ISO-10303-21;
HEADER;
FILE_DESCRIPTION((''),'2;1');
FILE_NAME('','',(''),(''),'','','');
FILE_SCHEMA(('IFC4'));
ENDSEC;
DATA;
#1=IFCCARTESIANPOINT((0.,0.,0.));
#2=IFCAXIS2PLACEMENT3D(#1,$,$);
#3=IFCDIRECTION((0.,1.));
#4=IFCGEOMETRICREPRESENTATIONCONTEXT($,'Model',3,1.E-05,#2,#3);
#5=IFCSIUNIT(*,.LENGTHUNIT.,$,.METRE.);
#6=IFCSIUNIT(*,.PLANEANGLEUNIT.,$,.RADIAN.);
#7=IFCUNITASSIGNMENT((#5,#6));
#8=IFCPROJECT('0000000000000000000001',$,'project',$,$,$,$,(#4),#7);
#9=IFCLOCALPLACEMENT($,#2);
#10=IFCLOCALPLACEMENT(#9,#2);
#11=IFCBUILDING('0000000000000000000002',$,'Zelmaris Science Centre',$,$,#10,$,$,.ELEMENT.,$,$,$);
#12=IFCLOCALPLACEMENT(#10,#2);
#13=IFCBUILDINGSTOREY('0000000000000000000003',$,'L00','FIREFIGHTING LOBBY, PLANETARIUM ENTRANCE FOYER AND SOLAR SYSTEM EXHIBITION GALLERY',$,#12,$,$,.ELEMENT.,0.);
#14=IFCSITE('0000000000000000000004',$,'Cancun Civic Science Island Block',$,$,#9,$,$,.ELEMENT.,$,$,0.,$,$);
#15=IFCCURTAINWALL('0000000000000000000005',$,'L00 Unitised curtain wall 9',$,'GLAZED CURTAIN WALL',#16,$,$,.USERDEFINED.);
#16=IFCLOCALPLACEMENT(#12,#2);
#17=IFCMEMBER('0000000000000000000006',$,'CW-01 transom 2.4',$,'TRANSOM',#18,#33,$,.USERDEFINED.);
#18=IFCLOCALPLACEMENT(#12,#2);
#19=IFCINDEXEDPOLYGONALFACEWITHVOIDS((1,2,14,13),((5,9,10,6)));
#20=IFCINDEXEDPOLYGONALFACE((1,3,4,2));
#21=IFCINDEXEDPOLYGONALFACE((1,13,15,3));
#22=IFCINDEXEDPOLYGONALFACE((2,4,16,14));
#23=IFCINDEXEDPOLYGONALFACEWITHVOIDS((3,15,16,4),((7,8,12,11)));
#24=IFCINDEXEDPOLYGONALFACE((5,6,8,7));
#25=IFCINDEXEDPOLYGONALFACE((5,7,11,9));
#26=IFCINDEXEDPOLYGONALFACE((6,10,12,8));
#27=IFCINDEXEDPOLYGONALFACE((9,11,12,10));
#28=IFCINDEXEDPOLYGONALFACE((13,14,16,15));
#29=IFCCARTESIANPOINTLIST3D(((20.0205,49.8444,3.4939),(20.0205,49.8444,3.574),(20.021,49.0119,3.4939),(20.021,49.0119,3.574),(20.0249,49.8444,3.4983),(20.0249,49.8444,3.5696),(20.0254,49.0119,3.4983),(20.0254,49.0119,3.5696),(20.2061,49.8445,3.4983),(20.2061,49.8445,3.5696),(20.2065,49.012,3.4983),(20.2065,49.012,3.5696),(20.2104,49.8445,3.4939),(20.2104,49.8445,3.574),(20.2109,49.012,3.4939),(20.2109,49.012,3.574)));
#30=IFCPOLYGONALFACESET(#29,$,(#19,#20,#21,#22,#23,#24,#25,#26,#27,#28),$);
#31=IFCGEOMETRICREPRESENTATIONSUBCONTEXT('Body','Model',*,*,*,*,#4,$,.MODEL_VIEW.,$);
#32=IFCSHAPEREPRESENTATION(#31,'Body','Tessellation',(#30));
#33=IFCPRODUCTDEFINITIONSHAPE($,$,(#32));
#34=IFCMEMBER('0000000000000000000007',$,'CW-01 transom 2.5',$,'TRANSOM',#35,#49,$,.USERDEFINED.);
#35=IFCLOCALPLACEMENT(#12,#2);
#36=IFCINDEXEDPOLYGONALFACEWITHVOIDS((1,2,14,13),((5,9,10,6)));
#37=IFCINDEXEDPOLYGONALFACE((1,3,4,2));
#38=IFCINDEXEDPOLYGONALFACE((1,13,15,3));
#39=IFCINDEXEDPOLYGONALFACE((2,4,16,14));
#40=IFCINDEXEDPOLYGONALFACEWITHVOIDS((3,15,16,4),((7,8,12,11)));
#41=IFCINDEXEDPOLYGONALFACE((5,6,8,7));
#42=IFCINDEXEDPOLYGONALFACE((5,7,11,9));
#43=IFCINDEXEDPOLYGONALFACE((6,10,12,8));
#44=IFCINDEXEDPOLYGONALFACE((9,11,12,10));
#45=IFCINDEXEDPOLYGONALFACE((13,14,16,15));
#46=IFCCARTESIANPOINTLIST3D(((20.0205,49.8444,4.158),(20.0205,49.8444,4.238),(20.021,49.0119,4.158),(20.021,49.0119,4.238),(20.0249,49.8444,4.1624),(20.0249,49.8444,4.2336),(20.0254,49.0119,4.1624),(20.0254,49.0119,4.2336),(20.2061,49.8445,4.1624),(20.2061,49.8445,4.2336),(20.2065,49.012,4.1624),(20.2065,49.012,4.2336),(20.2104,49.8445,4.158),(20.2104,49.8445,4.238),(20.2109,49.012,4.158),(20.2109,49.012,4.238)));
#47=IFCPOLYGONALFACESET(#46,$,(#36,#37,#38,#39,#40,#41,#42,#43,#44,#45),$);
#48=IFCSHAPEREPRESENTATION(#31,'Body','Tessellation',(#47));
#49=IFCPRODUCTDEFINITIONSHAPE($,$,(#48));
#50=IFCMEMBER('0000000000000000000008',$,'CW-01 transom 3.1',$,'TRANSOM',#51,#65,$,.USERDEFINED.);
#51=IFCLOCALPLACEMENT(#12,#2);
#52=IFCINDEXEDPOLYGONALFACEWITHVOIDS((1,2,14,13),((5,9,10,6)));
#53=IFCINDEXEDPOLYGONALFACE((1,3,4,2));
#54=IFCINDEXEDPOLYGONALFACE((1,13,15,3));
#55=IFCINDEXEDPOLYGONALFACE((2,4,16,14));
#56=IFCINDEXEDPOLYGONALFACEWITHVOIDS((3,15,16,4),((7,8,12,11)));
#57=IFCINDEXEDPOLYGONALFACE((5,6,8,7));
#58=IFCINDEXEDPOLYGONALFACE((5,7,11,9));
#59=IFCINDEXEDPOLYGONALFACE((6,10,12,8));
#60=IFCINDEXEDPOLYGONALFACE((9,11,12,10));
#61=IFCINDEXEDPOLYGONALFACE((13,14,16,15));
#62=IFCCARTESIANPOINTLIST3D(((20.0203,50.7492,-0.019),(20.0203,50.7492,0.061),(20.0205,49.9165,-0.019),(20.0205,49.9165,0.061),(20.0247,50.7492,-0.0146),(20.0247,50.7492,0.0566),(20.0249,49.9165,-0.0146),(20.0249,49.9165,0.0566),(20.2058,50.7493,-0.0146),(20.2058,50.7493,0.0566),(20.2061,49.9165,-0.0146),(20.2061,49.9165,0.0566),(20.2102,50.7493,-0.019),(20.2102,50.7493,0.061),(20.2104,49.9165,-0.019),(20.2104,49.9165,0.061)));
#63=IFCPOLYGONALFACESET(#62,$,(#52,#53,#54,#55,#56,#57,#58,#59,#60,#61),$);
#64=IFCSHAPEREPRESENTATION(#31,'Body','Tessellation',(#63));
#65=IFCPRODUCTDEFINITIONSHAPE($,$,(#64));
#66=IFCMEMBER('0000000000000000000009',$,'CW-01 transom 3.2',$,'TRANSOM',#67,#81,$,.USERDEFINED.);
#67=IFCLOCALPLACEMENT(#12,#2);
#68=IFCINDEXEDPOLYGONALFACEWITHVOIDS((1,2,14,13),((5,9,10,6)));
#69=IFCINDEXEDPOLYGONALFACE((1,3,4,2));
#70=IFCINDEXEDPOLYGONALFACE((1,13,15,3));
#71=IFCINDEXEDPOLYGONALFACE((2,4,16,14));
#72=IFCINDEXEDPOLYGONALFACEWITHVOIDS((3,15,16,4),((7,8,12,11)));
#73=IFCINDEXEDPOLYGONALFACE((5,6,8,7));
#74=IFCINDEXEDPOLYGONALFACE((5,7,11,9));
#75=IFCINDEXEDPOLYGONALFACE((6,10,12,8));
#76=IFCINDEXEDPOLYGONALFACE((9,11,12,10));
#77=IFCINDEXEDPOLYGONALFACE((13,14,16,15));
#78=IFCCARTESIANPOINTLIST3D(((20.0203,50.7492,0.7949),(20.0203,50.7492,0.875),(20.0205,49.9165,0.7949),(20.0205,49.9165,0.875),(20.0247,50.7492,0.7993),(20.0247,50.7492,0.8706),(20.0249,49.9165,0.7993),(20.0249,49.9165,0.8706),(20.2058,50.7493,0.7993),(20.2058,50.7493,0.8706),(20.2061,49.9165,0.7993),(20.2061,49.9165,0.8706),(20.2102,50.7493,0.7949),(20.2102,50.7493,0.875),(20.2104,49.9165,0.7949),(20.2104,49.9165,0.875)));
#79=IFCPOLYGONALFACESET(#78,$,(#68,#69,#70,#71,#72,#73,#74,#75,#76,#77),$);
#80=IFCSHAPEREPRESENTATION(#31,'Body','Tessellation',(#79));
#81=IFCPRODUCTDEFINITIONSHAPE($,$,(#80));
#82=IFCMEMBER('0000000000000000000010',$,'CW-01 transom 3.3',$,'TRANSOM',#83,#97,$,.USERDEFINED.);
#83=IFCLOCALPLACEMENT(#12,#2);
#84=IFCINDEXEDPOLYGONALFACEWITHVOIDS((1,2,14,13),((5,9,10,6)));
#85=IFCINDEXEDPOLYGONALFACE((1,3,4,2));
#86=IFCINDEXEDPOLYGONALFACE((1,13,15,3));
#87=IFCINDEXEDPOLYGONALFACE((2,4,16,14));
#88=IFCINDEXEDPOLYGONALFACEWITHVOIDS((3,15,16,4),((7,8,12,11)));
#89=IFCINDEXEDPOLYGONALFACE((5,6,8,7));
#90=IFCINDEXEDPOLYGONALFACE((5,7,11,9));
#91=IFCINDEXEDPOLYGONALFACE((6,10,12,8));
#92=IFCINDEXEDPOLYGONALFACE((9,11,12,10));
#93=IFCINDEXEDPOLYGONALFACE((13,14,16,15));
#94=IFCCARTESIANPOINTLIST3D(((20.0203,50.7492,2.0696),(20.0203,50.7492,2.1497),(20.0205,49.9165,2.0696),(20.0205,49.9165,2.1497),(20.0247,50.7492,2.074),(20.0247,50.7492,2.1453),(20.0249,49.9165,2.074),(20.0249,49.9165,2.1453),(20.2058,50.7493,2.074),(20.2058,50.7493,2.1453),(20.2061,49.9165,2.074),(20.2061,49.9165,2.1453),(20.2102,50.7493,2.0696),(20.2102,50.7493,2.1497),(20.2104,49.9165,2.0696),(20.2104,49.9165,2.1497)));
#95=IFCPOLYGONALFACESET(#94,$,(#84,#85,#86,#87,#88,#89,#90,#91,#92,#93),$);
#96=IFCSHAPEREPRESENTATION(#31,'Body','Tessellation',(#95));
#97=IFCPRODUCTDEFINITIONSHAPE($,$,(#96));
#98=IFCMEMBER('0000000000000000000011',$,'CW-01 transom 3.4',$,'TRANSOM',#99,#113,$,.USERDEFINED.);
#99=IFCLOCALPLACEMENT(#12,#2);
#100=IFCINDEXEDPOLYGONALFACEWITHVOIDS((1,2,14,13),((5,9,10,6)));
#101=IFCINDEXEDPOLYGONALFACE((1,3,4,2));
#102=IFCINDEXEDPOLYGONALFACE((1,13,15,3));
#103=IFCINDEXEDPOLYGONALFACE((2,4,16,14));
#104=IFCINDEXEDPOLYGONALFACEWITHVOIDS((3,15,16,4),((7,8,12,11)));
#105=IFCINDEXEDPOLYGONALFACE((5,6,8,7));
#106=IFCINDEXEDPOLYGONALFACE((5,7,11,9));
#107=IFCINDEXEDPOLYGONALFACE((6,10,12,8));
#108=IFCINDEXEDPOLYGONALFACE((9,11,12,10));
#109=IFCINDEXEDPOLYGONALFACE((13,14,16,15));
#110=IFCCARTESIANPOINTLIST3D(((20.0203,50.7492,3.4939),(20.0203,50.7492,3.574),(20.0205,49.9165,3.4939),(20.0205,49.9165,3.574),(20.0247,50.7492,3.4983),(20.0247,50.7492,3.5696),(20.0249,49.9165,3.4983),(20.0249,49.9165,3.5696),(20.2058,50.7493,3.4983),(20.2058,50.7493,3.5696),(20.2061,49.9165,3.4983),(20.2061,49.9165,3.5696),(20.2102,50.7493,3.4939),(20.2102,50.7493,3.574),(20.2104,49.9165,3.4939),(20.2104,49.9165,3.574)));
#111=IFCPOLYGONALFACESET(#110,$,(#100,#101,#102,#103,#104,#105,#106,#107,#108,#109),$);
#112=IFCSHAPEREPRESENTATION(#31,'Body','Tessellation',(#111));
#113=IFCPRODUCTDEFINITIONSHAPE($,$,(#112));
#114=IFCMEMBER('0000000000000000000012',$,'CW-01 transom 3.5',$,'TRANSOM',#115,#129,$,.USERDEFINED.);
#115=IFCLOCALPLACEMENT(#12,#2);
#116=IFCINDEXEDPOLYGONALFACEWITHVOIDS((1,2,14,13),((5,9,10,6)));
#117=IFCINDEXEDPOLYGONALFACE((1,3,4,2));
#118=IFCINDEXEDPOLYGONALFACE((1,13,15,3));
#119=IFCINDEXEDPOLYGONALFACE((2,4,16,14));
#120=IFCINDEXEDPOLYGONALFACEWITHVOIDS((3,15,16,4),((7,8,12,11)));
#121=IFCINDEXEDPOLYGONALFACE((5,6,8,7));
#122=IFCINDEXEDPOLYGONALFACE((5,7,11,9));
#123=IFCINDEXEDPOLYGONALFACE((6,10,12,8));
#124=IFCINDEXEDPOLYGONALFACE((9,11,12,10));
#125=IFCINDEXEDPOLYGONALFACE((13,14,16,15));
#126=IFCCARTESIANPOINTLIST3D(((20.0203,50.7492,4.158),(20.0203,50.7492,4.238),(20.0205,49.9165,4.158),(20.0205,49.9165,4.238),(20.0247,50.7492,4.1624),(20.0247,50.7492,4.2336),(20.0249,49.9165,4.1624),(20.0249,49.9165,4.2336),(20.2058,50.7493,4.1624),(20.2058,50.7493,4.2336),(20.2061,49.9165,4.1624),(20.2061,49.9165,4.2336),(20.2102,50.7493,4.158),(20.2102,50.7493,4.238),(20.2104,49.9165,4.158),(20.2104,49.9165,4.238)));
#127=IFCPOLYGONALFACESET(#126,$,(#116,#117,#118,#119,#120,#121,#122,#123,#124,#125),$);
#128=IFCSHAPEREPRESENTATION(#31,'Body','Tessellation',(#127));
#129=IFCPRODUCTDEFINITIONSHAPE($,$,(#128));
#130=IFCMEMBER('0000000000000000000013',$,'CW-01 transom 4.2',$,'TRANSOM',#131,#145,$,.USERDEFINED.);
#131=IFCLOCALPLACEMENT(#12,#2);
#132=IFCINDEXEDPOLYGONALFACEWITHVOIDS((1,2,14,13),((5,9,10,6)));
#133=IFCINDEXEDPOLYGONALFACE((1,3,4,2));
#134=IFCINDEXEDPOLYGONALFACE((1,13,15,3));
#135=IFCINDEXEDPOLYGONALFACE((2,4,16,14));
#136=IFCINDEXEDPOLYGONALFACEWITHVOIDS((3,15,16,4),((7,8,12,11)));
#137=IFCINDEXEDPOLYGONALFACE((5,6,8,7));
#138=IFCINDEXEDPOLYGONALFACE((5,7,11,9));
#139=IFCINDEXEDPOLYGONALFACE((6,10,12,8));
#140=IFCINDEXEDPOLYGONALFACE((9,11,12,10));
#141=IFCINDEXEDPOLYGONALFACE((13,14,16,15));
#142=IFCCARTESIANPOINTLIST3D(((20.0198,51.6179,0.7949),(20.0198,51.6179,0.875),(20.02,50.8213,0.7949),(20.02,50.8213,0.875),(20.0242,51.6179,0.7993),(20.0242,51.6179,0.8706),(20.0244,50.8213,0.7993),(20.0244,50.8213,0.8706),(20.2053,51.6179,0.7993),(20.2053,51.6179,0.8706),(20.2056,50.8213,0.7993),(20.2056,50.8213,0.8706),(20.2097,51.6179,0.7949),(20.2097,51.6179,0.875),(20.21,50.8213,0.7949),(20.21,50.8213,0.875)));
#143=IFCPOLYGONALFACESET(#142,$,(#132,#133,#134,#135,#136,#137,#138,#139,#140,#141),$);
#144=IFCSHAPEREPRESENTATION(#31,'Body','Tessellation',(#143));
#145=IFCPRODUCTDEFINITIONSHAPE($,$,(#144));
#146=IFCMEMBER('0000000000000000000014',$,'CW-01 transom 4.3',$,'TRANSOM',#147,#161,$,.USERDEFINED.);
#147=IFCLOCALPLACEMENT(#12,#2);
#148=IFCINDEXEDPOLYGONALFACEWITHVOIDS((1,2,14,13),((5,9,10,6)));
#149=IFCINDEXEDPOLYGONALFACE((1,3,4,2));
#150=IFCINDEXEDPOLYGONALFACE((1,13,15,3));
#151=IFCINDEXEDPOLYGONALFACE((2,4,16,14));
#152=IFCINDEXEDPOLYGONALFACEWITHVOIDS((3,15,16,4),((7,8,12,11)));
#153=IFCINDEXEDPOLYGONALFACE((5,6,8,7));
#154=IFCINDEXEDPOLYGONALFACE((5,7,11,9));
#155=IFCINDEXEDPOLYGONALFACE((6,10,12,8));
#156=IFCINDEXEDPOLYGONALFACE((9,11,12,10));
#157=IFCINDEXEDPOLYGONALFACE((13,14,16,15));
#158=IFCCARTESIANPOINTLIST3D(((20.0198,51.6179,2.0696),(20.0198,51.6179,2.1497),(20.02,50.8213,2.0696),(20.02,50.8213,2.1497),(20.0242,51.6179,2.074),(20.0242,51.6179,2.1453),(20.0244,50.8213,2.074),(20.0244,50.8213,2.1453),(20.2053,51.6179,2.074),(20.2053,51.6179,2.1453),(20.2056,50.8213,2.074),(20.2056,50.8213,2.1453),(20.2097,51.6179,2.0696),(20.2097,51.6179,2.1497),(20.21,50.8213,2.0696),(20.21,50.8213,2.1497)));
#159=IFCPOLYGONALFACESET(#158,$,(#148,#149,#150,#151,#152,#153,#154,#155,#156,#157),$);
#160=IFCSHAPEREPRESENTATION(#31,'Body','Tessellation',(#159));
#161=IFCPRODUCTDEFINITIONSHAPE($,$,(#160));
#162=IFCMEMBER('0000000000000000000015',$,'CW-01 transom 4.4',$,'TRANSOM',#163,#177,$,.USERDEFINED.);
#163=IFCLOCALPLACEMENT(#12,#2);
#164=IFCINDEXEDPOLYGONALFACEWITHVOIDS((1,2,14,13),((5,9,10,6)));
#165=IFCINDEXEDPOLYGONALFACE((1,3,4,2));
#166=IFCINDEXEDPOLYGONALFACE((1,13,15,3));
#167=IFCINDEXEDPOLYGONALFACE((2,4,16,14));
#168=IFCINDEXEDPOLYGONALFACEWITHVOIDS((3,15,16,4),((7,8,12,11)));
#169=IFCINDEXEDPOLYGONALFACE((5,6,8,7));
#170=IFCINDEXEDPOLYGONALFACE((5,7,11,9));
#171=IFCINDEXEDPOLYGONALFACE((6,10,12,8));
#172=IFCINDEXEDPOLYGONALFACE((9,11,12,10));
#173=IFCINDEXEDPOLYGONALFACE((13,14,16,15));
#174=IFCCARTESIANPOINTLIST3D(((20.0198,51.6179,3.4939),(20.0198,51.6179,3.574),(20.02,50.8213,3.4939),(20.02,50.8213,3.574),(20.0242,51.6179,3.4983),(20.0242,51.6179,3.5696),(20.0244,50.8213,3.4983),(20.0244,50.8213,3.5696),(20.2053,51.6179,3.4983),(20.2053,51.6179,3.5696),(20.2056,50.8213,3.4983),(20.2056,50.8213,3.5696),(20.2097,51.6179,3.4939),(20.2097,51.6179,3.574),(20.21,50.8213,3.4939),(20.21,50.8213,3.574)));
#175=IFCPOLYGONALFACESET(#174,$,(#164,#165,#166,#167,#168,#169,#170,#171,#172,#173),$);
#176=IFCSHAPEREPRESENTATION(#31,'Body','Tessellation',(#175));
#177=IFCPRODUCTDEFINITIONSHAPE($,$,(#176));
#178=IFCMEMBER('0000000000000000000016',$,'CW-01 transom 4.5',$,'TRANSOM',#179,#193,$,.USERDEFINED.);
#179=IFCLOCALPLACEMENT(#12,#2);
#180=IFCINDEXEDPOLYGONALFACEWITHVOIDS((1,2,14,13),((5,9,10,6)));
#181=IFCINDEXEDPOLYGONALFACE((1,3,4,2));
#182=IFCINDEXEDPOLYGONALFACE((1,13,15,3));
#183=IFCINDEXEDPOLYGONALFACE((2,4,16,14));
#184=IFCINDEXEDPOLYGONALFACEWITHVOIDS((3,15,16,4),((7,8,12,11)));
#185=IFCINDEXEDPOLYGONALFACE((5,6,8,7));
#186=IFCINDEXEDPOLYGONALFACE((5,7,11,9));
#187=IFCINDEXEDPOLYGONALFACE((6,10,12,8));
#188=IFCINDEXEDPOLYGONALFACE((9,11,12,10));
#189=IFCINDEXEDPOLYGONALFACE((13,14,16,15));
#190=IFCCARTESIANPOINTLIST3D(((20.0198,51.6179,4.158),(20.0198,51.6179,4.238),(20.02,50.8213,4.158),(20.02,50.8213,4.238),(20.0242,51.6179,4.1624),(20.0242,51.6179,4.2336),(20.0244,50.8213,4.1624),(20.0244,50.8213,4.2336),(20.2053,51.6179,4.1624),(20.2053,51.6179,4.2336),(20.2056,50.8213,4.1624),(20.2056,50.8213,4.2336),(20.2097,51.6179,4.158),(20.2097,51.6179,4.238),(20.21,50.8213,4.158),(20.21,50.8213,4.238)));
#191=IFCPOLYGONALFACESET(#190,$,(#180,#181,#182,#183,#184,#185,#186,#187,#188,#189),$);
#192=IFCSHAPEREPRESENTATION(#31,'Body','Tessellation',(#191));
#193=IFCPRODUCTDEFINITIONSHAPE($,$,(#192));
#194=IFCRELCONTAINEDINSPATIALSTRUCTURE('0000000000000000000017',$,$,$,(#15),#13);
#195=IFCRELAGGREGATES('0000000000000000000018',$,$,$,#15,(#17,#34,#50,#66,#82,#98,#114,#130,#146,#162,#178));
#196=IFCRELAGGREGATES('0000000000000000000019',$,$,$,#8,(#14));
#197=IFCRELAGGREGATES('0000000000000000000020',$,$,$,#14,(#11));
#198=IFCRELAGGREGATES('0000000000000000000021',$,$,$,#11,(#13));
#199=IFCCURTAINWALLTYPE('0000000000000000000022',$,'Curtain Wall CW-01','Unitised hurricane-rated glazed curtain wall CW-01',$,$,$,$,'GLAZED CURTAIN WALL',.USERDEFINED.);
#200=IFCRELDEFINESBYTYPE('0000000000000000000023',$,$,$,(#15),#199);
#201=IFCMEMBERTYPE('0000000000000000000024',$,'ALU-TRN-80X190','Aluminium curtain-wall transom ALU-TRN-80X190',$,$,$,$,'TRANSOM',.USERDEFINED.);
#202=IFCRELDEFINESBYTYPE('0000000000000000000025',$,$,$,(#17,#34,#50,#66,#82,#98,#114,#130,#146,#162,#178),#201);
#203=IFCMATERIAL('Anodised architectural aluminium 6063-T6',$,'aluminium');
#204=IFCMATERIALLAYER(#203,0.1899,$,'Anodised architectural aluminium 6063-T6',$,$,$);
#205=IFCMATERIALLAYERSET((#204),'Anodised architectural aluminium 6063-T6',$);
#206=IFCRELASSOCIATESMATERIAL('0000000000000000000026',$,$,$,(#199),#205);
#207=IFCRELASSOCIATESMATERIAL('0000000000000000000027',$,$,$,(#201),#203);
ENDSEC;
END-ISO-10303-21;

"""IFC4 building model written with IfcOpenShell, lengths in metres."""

from ifc_helpers import new_model, si_unit, direction, frame, origin, origin_2d, place, context, subcontext, project, spatial, hollow_rectangle, extrude, material, layer, layer_set, material_profile, profile_set, type_object, element, aggregate, save


model = new_model("IFC4")

# Units and contexts
model_context = context("Model", 3, precision=1e-05, world=origin(), true_north=direction((0.0, 1.0)))
body_context = subcontext(model_context, "Body", "Model", "MODEL_VIEW")
ifc_project = project(units=[si_unit("LENGTHUNIT", "METRE"), si_unit("PLANEANGLEUNIT", "RADIAN")], contexts=[model_context])

# Site, building, storey
site_placement = place(None, origin())
site = spatial("IfcSite", under=ifc_project, at=site_placement, Name="Cancun Civic Science Island Block", CompositionType="ELEMENT", RefElevation=0.0)
building_placement = place(site_placement, origin())
building = spatial("IfcBuilding", under=site, at=building_placement, Name="Zelmaris Science Centre", CompositionType="ELEMENT")
storey_placement = place(building_placement, origin())
storey = spatial("IfcBuildingStorey", under=building, at=storey_placement, Name="L00", Description="FIREFIGHTING LOBBY, PLANETARIUM ENTRANCE FOYER AND SOLAR SYSTEM EXHIBITION GALLERY", CompositionType="ELEMENT", Elevation=0.0)

# Curtain wall, members
ifc_material_1 = material(Name="Anodised architectural aluminium 6063-T6", Category="aluminium")
ifc_layer_1 = layer(ifc_material_1, 0.1899, Name="Anodised architectural aluminium 6063-T6")
ifc_layer_set_1 = layer_set([ifc_layer_1], Name="Anodised architectural aluminium 6063-T6")
curtain_wall_type = type_object("IfcCurtainWallType", Name="Curtain Wall CW-01", Description="Unitised hurricane-rated glazed curtain wall CW-01", ElementType="GLAZED CURTAIN WALL", PredefinedType="USERDEFINED", material=ifc_layer_set_1)
curtain_wall_placement = place(storey_placement, origin())
curtain_wall = element("IfcCurtainWall", 1, at=curtain_wall_placement, inside=storey, type_object=curtain_wall_type, Name="L00 Unitised curtain wall 9", ObjectType="GLAZED CURTAIN WALL", PredefinedType="USERDEFINED")
ifc_material_profile_1 = material_profile(ifc_material_1, hollow_rectangle(XDim=0.0801, YDim=0.1899, WallThickness=0.0044, at=origin_2d()), Name="ALU-TRN-80X190")
ifc_profile_set_1 = profile_set([ifc_material_profile_1], Name="Anodised architectural aluminium 6063-T6")
member_type_1 = type_object("IfcMemberType", Name="ALU-TRN-80X190", Description="Aluminium curtain-wall transom ALU-TRN-80X190", ElementType="TRANSOM", PredefinedType="USERDEFINED", material=ifc_profile_set_1)
member_1_placement = place(storey_placement, frame((20.116, 49.012, 3.5339), z_axis=(-0.000587, 1.0, 0.0), x_axis=(0.0, 0.0, 1.0)))
member_1 = element("IfcMember", 2, at=member_1_placement, type_object=member_type_1, Name="CW-01 transom 2.4", ObjectType="TRANSOM", PredefinedType="USERDEFINED", context=body_context, shape_type="SweptSolid", body=[
    extrude(hollow_rectangle(XDim=0.0801, YDim=0.1899, WallThickness=0.0044, at=origin_2d()), origin(), (0.0, 0.0, 1.0), 0.8325),
])
member_2_placement = place(storey_placement, frame((20.116, 49.012, 4.198), z_axis=(-0.000587, 1.0, 0.0), x_axis=(0.0, 0.0, 1.0)))
member_2 = element("IfcMember", 3, at=member_2_placement, type_object=member_type_1, Name="CW-01 transom 2.5", ObjectType="TRANSOM", PredefinedType="USERDEFINED", context=body_context, shape_type="SweptSolid", body=[
    extrude(hollow_rectangle(XDim=0.0801, YDim=0.1899, WallThickness=0.0044, at=origin_2d()), origin(), (0.0, 0.0, 1.0), 0.8325),
])
member_3_placement = place(storey_placement, frame((20.1155, 49.9165, 0.021), z_axis=(-0.000293, 1.0, 0.0), x_axis=(0.0, 0.0, 1.0)))
member_3 = element("IfcMember", 4, at=member_3_placement, type_object=member_type_1, Name="CW-01 transom 3.1", ObjectType="TRANSOM", PredefinedType="USERDEFINED", context=body_context, shape_type="SweptSolid", body=[
    extrude(hollow_rectangle(XDim=0.0801, YDim=0.1899, WallThickness=0.0044, at=origin_2d()), origin(), (0.0, 0.0, 1.0), 0.8328),
])
member_4_placement = place(storey_placement, frame((20.1155, 49.9165, 0.835), z_axis=(-0.000293, 1.0, 0.0), x_axis=(0.0, 0.0, 1.0)))
member_4 = element("IfcMember", 5, at=member_4_placement, type_object=member_type_1, Name="CW-01 transom 3.2", ObjectType="TRANSOM", PredefinedType="USERDEFINED", context=body_context, shape_type="SweptSolid", body=[
    extrude(hollow_rectangle(XDim=0.0801, YDim=0.1899, WallThickness=0.0044, at=origin_2d()), origin(), (0.0, 0.0, 1.0), 0.8328),
])
member_5_placement = place(storey_placement, frame((20.1155, 49.9165, 2.1096), z_axis=(-0.000293, 1.0, 0.0), x_axis=(0.0, 0.0, 1.0)))
member_5 = element("IfcMember", 6, at=member_5_placement, type_object=member_type_1, Name="CW-01 transom 3.3", ObjectType="TRANSOM", PredefinedType="USERDEFINED", context=body_context, shape_type="SweptSolid", body=[
    extrude(hollow_rectangle(XDim=0.0801, YDim=0.1899, WallThickness=0.0044, at=origin_2d()), origin(), (0.0, 0.0, 1.0), 0.8328),
])
member_6_placement = place(storey_placement, frame((20.1155, 49.9165, 3.5339), z_axis=(-0.000293, 1.0, 0.0), x_axis=(0.0, 0.0, 1.0)))
member_6 = element("IfcMember", 7, at=member_6_placement, type_object=member_type_1, Name="CW-01 transom 3.4", ObjectType="TRANSOM", PredefinedType="USERDEFINED", context=body_context, shape_type="SweptSolid", body=[
    extrude(hollow_rectangle(XDim=0.0801, YDim=0.1899, WallThickness=0.0044, at=origin_2d()), origin(), (0.0, 0.0, 1.0), 0.8328),
])
member_7_placement = place(storey_placement, frame((20.1155, 49.9165, 4.198), z_axis=(-0.000293, 1.0, 0.0), x_axis=(0.0, 0.0, 1.0)))
member_7 = element("IfcMember", 8, at=member_7_placement, type_object=member_type_1, Name="CW-01 transom 3.5", ObjectType="TRANSOM", PredefinedType="USERDEFINED", context=body_context, shape_type="SweptSolid", body=[
    extrude(hollow_rectangle(XDim=0.0801, YDim=0.1899, WallThickness=0.0044, at=origin_2d()), origin(), (0.0, 0.0, 1.0), 0.8328),
])
member_8_placement = place(storey_placement, frame((20.115, 50.8213, 0.835), z_axis=(-0.000306, 1.0, 0.0), x_axis=(0.0, 0.0, 1.0)))
member_8 = element("IfcMember", 9, at=member_8_placement, type_object=member_type_1, Name="CW-01 transom 4.2", ObjectType="TRANSOM", PredefinedType="USERDEFINED", context=body_context, shape_type="SweptSolid", body=[
    extrude(hollow_rectangle(XDim=0.0801, YDim=0.1899, WallThickness=0.0044, at=origin_2d()), origin(), (0.0, 0.0, 1.0), 0.7966),
])
member_9_placement = place(storey_placement, frame((20.115, 50.8213, 2.1096), z_axis=(-0.000306, 1.0, 0.0), x_axis=(0.0, 0.0, 1.0)))
member_9 = element("IfcMember", 10, at=member_9_placement, type_object=member_type_1, Name="CW-01 transom 4.3", ObjectType="TRANSOM", PredefinedType="USERDEFINED", context=body_context, shape_type="SweptSolid", body=[
    extrude(hollow_rectangle(XDim=0.0801, YDim=0.1899, WallThickness=0.0044, at=origin_2d()), origin(), (0.0, 0.0, 1.0), 0.7966),
])
member_10_placement = place(storey_placement, frame((20.115, 50.8213, 3.5339), z_axis=(-0.000306, 1.0, 0.0), x_axis=(0.0, 0.0, 1.0)))
member_10 = element("IfcMember", 11, at=member_10_placement, type_object=member_type_1, Name="CW-01 transom 4.4", ObjectType="TRANSOM", PredefinedType="USERDEFINED", context=body_context, shape_type="SweptSolid", body=[
    extrude(hollow_rectangle(XDim=0.0801, YDim=0.1899, WallThickness=0.0044, at=origin_2d()), origin(), (0.0, 0.0, 1.0), 0.7966),
])
member_11_placement = place(storey_placement, frame((20.115, 50.8213, 4.198), z_axis=(-0.000306, 1.0, 0.0), x_axis=(0.0, 0.0, 1.0)))
member_11 = element("IfcMember", 12, at=member_11_placement, type_object=member_type_1, Name="CW-01 transom 4.5", ObjectType="TRANSOM", PredefinedType="USERDEFINED", context=body_context, shape_type="SweptSolid", body=[
    extrude(hollow_rectangle(XDim=0.0801, YDim=0.1899, WallThickness=0.0044, at=origin_2d()), origin(), (0.0, 0.0, 1.0), 0.7966),
])
aggregate(curtain_wall, [member_1, member_2, member_3, member_4, member_5, member_6, member_7, member_8, member_9, member_10, member_11])

save(model, "model.ifc")
